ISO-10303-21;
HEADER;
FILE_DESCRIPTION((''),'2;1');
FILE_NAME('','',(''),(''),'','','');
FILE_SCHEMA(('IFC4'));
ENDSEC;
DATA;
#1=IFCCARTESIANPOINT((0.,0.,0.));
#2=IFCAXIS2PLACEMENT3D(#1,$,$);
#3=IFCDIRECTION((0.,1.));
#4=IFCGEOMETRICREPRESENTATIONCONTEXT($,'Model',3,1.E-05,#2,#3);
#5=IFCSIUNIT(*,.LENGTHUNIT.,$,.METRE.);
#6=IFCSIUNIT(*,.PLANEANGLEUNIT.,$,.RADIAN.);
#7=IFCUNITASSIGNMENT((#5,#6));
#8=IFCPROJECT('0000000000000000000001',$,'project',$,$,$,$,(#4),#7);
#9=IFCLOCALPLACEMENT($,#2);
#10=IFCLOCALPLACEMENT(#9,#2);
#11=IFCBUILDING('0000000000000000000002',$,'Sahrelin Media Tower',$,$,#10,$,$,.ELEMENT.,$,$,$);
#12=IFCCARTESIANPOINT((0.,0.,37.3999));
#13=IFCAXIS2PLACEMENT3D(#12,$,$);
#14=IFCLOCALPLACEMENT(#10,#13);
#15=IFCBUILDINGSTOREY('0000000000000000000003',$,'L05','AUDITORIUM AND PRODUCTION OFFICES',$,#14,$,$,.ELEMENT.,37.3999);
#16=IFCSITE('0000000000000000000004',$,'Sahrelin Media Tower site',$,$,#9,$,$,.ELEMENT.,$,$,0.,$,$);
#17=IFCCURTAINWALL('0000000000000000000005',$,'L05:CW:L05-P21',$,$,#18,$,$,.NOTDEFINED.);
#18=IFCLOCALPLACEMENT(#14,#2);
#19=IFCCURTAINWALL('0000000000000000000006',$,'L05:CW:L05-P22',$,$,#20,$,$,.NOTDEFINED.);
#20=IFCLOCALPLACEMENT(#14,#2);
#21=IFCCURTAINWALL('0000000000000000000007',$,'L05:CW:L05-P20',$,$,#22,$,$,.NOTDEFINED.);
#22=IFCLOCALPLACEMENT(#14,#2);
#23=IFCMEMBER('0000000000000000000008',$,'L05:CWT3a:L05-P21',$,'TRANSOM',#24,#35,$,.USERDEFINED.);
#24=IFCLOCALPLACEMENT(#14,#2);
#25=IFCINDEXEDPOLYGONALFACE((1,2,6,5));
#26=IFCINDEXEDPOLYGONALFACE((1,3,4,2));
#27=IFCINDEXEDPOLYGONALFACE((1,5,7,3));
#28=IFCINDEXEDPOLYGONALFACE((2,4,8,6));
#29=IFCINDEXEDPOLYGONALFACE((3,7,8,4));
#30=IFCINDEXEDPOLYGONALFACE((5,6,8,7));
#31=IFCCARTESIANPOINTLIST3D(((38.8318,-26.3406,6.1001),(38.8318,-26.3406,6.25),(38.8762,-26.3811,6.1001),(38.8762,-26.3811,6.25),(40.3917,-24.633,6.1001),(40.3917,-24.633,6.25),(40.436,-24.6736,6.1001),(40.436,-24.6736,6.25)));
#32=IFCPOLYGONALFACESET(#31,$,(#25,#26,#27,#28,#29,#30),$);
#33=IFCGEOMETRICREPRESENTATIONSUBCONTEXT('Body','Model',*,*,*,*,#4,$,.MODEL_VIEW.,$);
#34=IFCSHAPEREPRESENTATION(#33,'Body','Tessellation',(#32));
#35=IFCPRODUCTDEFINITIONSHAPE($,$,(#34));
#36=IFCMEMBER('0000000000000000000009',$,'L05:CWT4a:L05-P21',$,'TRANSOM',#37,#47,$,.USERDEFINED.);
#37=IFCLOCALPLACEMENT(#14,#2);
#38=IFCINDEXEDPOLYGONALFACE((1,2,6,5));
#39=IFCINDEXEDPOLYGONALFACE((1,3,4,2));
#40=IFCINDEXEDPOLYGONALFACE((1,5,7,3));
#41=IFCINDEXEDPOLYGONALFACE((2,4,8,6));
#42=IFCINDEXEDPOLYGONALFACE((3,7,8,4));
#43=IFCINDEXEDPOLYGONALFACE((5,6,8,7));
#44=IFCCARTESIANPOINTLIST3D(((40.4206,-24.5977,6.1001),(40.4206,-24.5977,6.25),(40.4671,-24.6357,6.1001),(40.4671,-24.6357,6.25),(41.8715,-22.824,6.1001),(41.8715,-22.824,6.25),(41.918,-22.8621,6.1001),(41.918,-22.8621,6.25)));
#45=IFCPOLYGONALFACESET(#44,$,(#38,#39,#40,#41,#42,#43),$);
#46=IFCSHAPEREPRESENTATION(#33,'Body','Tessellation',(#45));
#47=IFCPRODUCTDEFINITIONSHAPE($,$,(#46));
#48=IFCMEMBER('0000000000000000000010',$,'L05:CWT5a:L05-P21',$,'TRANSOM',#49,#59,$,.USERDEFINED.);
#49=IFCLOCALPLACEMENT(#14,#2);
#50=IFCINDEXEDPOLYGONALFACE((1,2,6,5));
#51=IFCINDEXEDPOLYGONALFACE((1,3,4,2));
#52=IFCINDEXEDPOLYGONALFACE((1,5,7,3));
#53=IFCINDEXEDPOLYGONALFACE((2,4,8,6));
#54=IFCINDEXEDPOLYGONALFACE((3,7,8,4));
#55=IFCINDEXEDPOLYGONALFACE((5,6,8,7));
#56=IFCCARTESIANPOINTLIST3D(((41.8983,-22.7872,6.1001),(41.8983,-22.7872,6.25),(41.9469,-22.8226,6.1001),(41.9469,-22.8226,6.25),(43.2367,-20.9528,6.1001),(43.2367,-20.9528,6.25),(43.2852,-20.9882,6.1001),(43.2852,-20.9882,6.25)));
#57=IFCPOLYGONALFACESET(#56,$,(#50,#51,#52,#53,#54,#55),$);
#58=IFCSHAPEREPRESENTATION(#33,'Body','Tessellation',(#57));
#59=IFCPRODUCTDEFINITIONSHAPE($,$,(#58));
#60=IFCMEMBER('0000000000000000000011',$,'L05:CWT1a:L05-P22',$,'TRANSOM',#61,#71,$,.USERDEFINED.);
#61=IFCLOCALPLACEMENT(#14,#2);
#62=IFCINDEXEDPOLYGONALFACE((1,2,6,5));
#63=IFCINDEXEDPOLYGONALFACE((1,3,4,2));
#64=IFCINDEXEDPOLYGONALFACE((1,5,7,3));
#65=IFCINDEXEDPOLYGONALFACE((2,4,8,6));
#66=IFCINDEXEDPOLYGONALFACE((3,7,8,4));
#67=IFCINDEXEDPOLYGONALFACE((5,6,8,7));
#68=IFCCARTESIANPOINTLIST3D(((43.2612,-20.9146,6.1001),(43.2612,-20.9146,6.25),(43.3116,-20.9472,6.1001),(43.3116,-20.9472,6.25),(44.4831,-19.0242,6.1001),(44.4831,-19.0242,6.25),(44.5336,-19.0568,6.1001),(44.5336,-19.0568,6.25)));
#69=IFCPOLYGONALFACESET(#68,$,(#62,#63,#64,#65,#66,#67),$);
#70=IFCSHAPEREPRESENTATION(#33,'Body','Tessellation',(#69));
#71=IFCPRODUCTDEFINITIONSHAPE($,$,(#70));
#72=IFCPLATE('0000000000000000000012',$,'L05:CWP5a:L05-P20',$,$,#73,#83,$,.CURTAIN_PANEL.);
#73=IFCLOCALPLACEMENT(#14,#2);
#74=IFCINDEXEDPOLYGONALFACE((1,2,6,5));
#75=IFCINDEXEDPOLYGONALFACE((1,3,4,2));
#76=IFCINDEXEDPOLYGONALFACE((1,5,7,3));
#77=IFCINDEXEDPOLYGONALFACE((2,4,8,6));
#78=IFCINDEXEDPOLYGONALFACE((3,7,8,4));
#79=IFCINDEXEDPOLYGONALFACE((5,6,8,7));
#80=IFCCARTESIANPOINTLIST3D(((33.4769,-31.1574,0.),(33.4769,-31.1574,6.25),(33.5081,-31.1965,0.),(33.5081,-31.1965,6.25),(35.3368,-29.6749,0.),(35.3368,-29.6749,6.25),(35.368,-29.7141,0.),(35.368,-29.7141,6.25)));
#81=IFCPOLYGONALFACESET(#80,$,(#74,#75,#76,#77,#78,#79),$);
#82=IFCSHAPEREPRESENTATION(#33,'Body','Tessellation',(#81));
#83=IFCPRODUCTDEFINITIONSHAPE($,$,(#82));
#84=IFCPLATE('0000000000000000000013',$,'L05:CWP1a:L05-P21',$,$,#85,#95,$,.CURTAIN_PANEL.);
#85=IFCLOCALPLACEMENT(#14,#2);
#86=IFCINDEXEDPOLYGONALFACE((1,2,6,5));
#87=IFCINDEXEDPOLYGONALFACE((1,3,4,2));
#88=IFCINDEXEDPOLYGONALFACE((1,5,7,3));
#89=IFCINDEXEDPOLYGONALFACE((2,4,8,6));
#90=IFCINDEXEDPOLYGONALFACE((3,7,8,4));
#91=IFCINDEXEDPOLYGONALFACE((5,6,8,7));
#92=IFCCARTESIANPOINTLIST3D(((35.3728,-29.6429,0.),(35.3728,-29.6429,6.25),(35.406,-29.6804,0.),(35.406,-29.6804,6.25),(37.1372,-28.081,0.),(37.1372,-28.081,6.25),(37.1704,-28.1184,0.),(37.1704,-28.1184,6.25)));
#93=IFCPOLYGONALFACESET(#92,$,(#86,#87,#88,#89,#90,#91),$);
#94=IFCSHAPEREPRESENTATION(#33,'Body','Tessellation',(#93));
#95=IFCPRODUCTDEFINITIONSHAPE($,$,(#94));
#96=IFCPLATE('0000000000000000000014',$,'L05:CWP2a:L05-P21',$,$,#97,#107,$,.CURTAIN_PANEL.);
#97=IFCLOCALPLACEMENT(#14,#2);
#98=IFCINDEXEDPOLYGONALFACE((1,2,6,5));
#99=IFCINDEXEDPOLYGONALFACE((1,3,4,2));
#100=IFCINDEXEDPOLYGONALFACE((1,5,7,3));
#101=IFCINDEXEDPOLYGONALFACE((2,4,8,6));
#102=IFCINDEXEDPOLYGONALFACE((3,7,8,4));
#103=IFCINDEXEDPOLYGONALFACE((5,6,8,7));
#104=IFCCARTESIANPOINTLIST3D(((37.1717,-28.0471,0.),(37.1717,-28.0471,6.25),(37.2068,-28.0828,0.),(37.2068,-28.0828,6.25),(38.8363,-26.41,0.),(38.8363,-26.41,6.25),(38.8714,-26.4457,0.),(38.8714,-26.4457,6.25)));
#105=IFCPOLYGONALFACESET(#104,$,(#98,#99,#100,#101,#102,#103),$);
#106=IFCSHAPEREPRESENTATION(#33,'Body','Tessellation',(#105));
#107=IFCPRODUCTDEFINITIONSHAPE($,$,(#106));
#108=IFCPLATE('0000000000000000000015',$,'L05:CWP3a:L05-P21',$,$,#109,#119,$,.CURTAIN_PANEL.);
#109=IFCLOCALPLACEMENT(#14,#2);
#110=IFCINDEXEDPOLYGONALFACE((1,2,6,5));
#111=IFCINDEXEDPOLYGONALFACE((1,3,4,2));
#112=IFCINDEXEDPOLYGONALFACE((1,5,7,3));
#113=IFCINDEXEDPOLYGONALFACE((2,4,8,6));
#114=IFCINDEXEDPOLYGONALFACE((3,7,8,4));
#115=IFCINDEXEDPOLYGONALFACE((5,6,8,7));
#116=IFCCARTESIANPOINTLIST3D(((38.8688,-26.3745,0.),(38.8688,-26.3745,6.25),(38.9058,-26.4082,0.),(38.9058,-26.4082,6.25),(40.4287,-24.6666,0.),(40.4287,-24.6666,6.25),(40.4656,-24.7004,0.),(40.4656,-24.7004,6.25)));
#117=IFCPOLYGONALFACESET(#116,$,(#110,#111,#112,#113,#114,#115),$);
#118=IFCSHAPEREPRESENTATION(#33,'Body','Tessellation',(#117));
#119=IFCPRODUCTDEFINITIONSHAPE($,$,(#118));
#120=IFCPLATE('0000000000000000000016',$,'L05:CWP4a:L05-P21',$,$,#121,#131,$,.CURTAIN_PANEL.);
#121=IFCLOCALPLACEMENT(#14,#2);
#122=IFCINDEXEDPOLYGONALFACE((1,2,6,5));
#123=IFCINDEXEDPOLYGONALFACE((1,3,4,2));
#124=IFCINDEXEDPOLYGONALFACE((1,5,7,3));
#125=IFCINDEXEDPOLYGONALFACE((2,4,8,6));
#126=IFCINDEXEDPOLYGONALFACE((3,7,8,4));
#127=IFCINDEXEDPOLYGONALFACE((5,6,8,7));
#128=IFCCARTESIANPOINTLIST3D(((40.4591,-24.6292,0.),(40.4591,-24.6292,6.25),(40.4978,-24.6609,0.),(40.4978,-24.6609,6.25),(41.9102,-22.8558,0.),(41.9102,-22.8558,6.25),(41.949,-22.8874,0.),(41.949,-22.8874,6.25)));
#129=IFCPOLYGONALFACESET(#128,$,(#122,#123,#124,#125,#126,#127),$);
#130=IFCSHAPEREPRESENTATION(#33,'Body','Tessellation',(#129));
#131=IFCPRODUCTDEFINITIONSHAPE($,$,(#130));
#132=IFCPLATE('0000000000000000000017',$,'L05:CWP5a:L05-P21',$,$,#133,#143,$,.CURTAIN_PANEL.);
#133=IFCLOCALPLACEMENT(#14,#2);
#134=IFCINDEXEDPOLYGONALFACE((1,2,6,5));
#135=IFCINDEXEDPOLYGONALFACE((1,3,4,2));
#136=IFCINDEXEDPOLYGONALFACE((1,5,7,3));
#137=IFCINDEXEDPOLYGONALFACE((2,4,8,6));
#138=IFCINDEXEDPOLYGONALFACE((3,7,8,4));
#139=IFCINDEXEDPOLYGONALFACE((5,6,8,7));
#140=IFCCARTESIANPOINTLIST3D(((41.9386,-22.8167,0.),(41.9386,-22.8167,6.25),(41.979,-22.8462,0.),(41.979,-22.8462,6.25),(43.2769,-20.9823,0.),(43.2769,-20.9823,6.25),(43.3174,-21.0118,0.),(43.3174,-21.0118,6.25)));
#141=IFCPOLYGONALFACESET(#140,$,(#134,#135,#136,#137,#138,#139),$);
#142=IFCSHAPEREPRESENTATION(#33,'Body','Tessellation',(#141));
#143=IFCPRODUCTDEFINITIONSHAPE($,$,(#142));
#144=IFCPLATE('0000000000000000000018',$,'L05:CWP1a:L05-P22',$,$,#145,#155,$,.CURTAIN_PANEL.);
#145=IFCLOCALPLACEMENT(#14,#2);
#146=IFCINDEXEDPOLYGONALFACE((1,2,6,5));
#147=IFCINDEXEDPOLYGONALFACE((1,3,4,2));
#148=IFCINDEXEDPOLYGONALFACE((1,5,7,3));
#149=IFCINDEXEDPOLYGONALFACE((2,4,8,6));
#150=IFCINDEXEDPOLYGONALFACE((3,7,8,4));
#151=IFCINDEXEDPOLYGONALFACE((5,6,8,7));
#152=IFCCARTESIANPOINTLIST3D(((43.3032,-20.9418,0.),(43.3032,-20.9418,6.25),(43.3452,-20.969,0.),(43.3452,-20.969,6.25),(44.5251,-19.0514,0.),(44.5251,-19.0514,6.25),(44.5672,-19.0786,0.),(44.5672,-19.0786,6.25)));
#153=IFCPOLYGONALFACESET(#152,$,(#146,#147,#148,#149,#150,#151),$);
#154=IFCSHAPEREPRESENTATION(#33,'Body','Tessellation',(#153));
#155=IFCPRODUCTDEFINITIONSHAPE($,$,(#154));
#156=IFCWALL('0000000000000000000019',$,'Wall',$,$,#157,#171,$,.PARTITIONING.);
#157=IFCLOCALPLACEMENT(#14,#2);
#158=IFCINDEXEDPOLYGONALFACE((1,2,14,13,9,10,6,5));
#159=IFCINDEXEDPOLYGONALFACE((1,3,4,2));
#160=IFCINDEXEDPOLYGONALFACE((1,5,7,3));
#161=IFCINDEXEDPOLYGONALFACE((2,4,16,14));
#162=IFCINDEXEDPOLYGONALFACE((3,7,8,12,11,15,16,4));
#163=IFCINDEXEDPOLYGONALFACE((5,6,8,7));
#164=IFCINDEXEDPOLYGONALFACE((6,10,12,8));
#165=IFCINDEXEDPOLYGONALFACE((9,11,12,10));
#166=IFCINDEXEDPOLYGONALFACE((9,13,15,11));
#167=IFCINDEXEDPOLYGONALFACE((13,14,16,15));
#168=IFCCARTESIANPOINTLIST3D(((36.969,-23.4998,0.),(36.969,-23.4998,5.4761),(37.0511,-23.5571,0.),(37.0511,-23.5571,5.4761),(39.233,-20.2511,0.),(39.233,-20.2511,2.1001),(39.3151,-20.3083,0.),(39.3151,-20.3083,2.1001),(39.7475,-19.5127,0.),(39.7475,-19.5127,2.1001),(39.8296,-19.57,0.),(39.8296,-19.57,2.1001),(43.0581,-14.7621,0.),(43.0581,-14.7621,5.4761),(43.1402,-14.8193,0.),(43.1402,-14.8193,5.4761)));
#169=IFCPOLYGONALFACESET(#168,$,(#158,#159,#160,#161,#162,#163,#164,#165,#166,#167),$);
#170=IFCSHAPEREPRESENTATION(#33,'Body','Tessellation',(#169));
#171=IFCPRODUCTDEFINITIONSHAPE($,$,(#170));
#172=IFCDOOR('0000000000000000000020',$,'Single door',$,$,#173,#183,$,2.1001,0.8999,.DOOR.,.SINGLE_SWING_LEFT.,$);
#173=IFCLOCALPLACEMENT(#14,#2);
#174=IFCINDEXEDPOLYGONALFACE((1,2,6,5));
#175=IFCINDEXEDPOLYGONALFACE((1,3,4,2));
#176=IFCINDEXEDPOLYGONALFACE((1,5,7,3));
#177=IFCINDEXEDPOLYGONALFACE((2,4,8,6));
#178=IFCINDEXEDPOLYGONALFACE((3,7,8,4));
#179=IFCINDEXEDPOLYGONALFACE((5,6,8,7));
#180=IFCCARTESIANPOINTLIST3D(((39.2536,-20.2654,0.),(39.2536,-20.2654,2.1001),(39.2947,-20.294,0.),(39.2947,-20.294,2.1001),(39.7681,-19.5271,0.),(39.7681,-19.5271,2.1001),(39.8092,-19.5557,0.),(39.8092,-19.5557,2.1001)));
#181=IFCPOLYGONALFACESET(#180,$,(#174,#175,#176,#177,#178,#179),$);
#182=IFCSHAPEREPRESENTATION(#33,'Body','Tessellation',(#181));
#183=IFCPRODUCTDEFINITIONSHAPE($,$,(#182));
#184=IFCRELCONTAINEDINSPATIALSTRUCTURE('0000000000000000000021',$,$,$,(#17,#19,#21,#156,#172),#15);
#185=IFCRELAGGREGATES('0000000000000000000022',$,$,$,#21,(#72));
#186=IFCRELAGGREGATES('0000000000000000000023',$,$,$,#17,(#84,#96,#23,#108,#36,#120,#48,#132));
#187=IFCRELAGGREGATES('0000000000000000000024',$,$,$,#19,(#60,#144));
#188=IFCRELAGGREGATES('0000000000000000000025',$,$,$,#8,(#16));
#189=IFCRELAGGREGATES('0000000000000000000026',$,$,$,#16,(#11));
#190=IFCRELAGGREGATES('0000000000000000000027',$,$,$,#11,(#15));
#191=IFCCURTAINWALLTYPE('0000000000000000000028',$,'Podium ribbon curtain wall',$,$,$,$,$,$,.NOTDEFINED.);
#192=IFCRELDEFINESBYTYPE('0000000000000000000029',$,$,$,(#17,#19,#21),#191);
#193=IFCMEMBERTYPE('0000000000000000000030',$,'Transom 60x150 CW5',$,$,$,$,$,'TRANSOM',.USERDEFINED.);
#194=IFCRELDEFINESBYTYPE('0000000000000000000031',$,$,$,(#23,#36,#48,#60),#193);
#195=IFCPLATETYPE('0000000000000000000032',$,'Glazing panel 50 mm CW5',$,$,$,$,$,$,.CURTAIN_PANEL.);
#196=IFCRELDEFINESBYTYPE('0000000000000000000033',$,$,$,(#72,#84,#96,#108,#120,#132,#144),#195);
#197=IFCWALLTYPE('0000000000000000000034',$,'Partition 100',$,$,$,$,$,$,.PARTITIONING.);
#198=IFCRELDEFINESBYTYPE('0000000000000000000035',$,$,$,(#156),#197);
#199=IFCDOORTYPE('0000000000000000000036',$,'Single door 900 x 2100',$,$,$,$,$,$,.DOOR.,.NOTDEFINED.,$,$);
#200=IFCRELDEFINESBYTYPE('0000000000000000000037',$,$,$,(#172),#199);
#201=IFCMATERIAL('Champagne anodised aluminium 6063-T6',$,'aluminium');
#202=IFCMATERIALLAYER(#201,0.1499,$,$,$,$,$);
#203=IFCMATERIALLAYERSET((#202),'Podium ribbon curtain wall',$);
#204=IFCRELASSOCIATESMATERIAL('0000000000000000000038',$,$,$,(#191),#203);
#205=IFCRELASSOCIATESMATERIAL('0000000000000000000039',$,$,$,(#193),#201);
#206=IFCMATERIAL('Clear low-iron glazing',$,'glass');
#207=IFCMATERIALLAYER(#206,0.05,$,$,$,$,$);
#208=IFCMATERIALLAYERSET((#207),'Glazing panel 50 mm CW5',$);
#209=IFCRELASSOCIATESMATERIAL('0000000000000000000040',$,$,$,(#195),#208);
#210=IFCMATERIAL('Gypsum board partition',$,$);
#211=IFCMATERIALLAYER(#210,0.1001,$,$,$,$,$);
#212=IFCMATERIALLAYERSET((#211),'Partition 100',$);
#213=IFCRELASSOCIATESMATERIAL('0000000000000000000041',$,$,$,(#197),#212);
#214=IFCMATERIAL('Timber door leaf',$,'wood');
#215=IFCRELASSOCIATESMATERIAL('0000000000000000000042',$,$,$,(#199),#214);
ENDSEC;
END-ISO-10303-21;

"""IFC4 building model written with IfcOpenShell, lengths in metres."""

from ifc_helpers import new_model, si_unit, direction, frame, frame_2d, origin, origin_2d, place, context, subcontext, project, spatial, polyline, rectangle, outline, extrude, material, layer, layer_set, material_profile, profile_set, type_object, element, fill, aggregate, save


model = new_model("IFC4")

# Units and contexts
model_context = context("Model", 3, precision=1e-05, world=origin(), true_north=direction((0.0, 1.0)))
body_context = subcontext(model_context, "Body", "Model", "MODEL_VIEW")
ifc_project = project(units=[si_unit("LENGTHUNIT", "METRE"), si_unit("PLANEANGLEUNIT", "RADIAN")], contexts=[model_context])

# Site, building, storey
site_placement = place(None, origin())
site = spatial("IfcSite", under=ifc_project, at=site_placement, Name="Sahrelin Media Tower site", CompositionType="ELEMENT", RefElevation=0.0)
building_placement = place(site_placement, origin())
building = spatial("IfcBuilding", under=site, at=building_placement, Name="Sahrelin Media Tower", CompositionType="ELEMENT")
storey_placement = place(building_placement, frame((0.0, 0.0, 37.3999)))
storey = spatial("IfcBuildingStorey", under=building, at=storey_placement, Name="L05", Description="AUDITORIUM AND PRODUCTION OFFICES", CompositionType="ELEMENT", Elevation=37.3999)

# Curtain wall
ifc_material_1 = material(Name="Champagne anodised aluminium 6063-T6", Category="aluminium")
ifc_layer_1 = layer(ifc_material_1, 0.1499)
ifc_layer_set_1 = layer_set([ifc_layer_1], Name="Podium ribbon curtain wall")
curtain_wall_type = type_object("IfcCurtainWallType", Name="Podium ribbon curtain wall", PredefinedType="NOTDEFINED", material=ifc_layer_set_1)
curtain_wall_1_placement = place(storey_placement, frame((35.3552, -29.6985, 0.0), z_axis=(0.0, 0.0, 1.0), x_axis=(1.0, 0.0, 0.0)))
curtain_wall_1 = element("IfcCurtainWall", 1, at=curtain_wall_1_placement, inside=storey, type_object=curtain_wall_type, Name="L05:CW:L05-P21", PredefinedType="NOTDEFINED")

# Curtain wall
curtain_wall_2_placement = place(storey_placement, frame((43.3013, -21.0, 0.0), z_axis=(0.0, 0.0, 1.0), x_axis=(1.0, 0.0, 0.0)))
curtain_wall_2 = element("IfcCurtainWall", 2, at=curtain_wall_2_placement, inside=storey, type_object=curtain_wall_type, Name="L05:CW:L05-P22", PredefinedType="NOTDEFINED")

# Curtain wall
curtain_wall_3_placement = place(storey_placement, frame((25.0, -36.373, 0.0), z_axis=(0.0, 0.0, 1.0), x_axis=(1.0, 0.0, 0.0)))
curtain_wall_3 = element("IfcCurtainWall", 3, at=curtain_wall_3_placement, inside=storey, type_object=curtain_wall_type, Name="L05:CW:L05-P20", PredefinedType="NOTDEFINED")
ifc_material_profile_1 = material_profile(ifc_material_1, rectangle(XDim=0.0601, YDim=0.1499, at=origin_2d()), Name="Transom 60x150")
ifc_profile_set_1 = profile_set([ifc_material_profile_1], Name="Champagne anodised aluminium 6063-T6")
member_type_1 = type_object("IfcMemberType", Name="Transom 60x150 CW5", ElementType="TRANSOM", PredefinedType="USERDEFINED", material=ifc_profile_set_1)

# Members
member_1_placement = place(storey_placement, frame((38.854, -26.3608, 6.175), z_axis=(0.674452, 0.738319, 0.0), x_axis=(-0.738319, 0.674452, 0.0)))
member_1 = element("IfcMember", 4, at=member_1_placement, type_object=member_type_1, Name="L05:CWT3a:L05-P21", ObjectType="TRANSOM", PredefinedType="USERDEFINED", context=body_context, shape_type="SweptSolid", body=[
    extrude(rectangle(XDim=0.0601, YDim=0.1499, at=origin_2d()), origin(), (0.0, 0.0, 1.0), 2.3127),
])
member_2_placement = place(storey_placement, frame((40.4438, -24.6167, 6.175), z_axis=(0.633168, 0.774014, 0.0), x_axis=(-0.774014, 0.633168, 0.0)))
member_2 = element("IfcMember", 5, at=member_2_placement, type_object=member_type_1, Name="L05:CWT4a:L05-P21", ObjectType="TRANSOM", PredefinedType="USERDEFINED", context=body_context, shape_type="SweptSolid", body=[
    extrude(rectangle(XDim=0.0601, YDim=0.1499, at=origin_2d()), origin(), (0.0, 0.0, 1.0), 2.2915),
])
member_3_placement = place(storey_placement, frame((41.9226, -22.8049, 6.175), z_axis=(0.589386, 0.807852, 0.0), x_axis=(-0.807852, 0.589386, 0.0)))
member_3 = element("IfcMember", 6, at=member_3_placement, type_object=member_type_1, Name="L05:CWT5a:L05-P21", ObjectType="TRANSOM", PredefinedType="USERDEFINED", context=body_context, shape_type="SweptSolid", body=[
    extrude(rectangle(XDim=0.0601, YDim=0.1499, at=origin_2d()), origin(), (0.0, 0.0, 1.0), 2.2708),
])
member_4_placement = place(storey_placement, frame((43.2864, -20.9309, 6.175), z_axis=(0.542855, 0.839826, 0.0), x_axis=(-0.839826, 0.542855, 0.0)))
member_4 = element("IfcMember", 7, at=member_4_placement, type_object=member_type_1, Name="L05:CWT1a:L05-P22", ObjectType="TRANSOM", PredefinedType="USERDEFINED", context=body_context, shape_type="SweptSolid", body=[
    extrude(rectangle(XDim=0.0601, YDim=0.1499, at=origin_2d()), origin(), (0.0, 0.0, 1.0), 2.251),
])

# Plates
ifc_material_2 = material(Name="Clear low-iron glazing", Category="glass")
ifc_layer_2 = layer(ifc_material_2, 0.05)
ifc_layer_set_2 = layer_set([ifc_layer_2], Name="Glazing panel 50 mm CW5")
plate_type = type_object("IfcPlateType", Name="Glazing panel 50 mm CW5", PredefinedType="CURTAIN_PANEL", material=ifc_layer_set_2)
plate_1_placement = place(storey_placement, frame((33.5081, -31.1965, 0.0), z_axis=(0.623292, -0.781989, 0.0), x_axis=(0.781989, 0.623292, 0.0)))
plate_1 = element("IfcPlate", 8, at=plate_1_placement, type_object=plate_type, Name="L05:CWP5a:L05-P20", PredefinedType="CURTAIN_PANEL", context=body_context, shape_type="SweptSolid", body=[
    extrude(outline(polyline([(0.0, 0.0), (2.3784, 0.0), (2.3784, 6.25), (0.0, 6.25), (0.0, 0.0)])), origin(), (0.0, 0.0, -1.0), 0.05),
])
aggregate(curtain_wall_3, [plate_1])
plate_2_placement = place(storey_placement, frame((35.406, -29.6804, 0.0), z_axis=(0.662858, -0.748745, 0.0), x_axis=(0.748745, 0.662858, 0.0)))
plate_2 = element("IfcPlate", 9, at=plate_2_placement, type_object=plate_type, Name="L05:CWP1a:L05-P21", PredefinedType="CURTAIN_PANEL", context=body_context, shape_type="SweptSolid", body=[
    extrude(outline(polyline([(0.0, 0.0), (2.3564, 0.0), (2.3564, 6.25), (0.0, 6.25), (0.0, 0.0)])), origin(), (0.0, 0.0, -1.0), 0.05),
])
plate_3_placement = place(storey_placement, frame((37.2068, -28.0828, 0.0), z_axis=(0.701174, -0.712991, 0.0), x_axis=(0.712991, 0.701174, 0.0)))
plate_3 = element("IfcPlate", 10, at=plate_3_placement, type_object=plate_type, Name="L05:CWP2a:L05-P21", PredefinedType="CURTAIN_PANEL", context=body_context, shape_type="SweptSolid", body=[
    extrude(outline(polyline([(0.0, 0.0), (2.3347, 0.0), (2.3347, 6.25), (0.0, 6.25), (0.0, 0.0)])), origin(), (0.0, 0.0, -1.0), 0.05),
])
plate_4_placement = place(storey_placement, frame((38.9058, -26.4082, 0.0), z_axis=(0.738367, -0.6744, 0.0), x_axis=(0.6744, 0.738367, 0.0)))
plate_4 = element("IfcPlate", 11, at=plate_4_placement, type_object=plate_type, Name="L05:CWP3a:L05-P21", PredefinedType="CURTAIN_PANEL", context=body_context, shape_type="SweptSolid", body=[
    extrude(outline(polyline([(0.0, 0.0), (2.313, 0.0), (2.313, 6.25), (0.0, 6.25), (0.0, 0.0)])), origin(), (0.0, 0.0, -1.0), 0.05),
])
plate_5_placement = place(storey_placement, frame((40.4978, -24.6609, 0.0), z_axis=(0.773919, -0.633284, 0.0), x_axis=(0.633284, 0.773919, 0.0)))
plate_5 = element("IfcPlate", 12, at=plate_5_placement, type_object=plate_type, Name="L05:CWP4a:L05-P21", PredefinedType="CURTAIN_PANEL", context=body_context, shape_type="SweptSolid", body=[
    extrude(outline(polyline([(0.0, 0.0), (2.2915, 0.0), (2.2915, 6.25), (0.0, 6.25), (0.0, 0.0)])), origin(), (0.0, 0.0, -1.0), 0.05),
])
plate_6_placement = place(storey_placement, frame((41.979, -22.8462, 0.0), z_axis=(0.807852, -0.589386, 0.0), x_axis=(0.589386, 0.807852, 0.0)))
plate_6 = element("IfcPlate", 13, at=plate_6_placement, type_object=plate_type, Name="L05:CWP5a:L05-P21", PredefinedType="CURTAIN_PANEL", context=body_context, shape_type="SweptSolid", body=[
    extrude(outline(polyline([(0.0, 0.0), (2.2708, 0.0), (2.2708, 6.25), (0.0, 6.25), (0.0, 0.0)])), origin(), (0.0, 0.0, -1.0), 0.05),
])
aggregate(curtain_wall_1, [plate_2, plate_3, member_1, plate_4, member_2, plate_5, member_3, plate_6])
plate_7_placement = place(storey_placement, frame((43.3452, -20.969, 0.0), z_axis=(0.839826, -0.542855, 0.0), x_axis=(0.542855, 0.839826, 0.0)))
plate_7 = element("IfcPlate", 14, at=plate_7_placement, type_object=plate_type, Name="L05:CWP1a:L05-P22", PredefinedType="CURTAIN_PANEL", context=body_context, shape_type="SweptSolid", body=[
    extrude(outline(polyline([(0.0, 0.0), (2.251, 0.0), (2.251, 6.25), (0.0, 6.25), (0.0, 0.0)])), origin(), (0.0, 0.0, -1.0), 0.05),
])
aggregate(curtain_wall_2, [member_4, plate_7])

# Wall, opening, door
ifc_material_3 = material(Name="Gypsum board partition")
ifc_layer_3 = layer(ifc_material_3, 0.1001)
ifc_layer_set_3 = layer_set([ifc_layer_3], Name="Partition 100")
wall_type = type_object("IfcWallType", Name="Partition 100", PredefinedType="PARTITIONING", material=ifc_layer_set_3)
wall_placement = place(storey_placement, frame((37.01, -23.5286, 0.0), z_axis=(0.0, 0.0, 1.0), x_axis=(0.571738, 0.820436, 0.0)))
wall = element("IfcWall", 15, at=wall_placement, inside=storey, type_object=wall_type, Name="Wall", PredefinedType="PARTITIONING", context=body_context, shape_type="SweptSolid", body=[
    extrude(rectangle(XDim=10.6501, YDim=0.1001, at=frame_2d((5.3252, 0.0))), origin(), (0.0, 0.0, 1.0), 5.4761),
])
opening_placement = place(wall_placement, frame((3.96, 0.0, 0.0)))
opening = element("IfcOpeningElement", 16, at=opening_placement, cuts=wall, PredefinedType="OPENING", context=body_context, shape_type="SweptSolid", body=[
    extrude(rectangle(XDim=0.8999, YDim=2.1001, at=frame_2d((0.45, 1.05))), frame((0.0, 0.05, 0.0), z_axis=(0.0, -1.0, 0.0), x_axis=(1.0, 0.0, 0.0)), (0.0, 0.0, 1.0), 0.1001),
])
ifc_material_4 = material(Name="Timber door leaf", Category="wood")
door_type = type_object("IfcDoorType", Name="Single door 900 x 2100", OperationType="NOTDEFINED", PredefinedType="DOOR", material=ifc_material_4)
door_placement = place(opening_placement, origin())
door = element("IfcDoor", 17, at=door_placement, inside=storey, type_object=door_type, Name="Single door", OperationType="SINGLE_SWING_LEFT", OverallHeight=2.1001, OverallWidth=0.8999, PredefinedType="DOOR", context=body_context, shape_type="SweptSolid", body=[
    extrude(rectangle(XDim=0.8999, YDim=2.1001, at=frame_2d((0.45, 1.05))), frame((0.0, 0.0249, 0.0), z_axis=(0.0, -1.0, 0.0), x_axis=(1.0, 0.0, 0.0)), (0.0, 0.0, 1.0), 0.05),
])
fill(opening, door)

save(model, "model.ifc")
